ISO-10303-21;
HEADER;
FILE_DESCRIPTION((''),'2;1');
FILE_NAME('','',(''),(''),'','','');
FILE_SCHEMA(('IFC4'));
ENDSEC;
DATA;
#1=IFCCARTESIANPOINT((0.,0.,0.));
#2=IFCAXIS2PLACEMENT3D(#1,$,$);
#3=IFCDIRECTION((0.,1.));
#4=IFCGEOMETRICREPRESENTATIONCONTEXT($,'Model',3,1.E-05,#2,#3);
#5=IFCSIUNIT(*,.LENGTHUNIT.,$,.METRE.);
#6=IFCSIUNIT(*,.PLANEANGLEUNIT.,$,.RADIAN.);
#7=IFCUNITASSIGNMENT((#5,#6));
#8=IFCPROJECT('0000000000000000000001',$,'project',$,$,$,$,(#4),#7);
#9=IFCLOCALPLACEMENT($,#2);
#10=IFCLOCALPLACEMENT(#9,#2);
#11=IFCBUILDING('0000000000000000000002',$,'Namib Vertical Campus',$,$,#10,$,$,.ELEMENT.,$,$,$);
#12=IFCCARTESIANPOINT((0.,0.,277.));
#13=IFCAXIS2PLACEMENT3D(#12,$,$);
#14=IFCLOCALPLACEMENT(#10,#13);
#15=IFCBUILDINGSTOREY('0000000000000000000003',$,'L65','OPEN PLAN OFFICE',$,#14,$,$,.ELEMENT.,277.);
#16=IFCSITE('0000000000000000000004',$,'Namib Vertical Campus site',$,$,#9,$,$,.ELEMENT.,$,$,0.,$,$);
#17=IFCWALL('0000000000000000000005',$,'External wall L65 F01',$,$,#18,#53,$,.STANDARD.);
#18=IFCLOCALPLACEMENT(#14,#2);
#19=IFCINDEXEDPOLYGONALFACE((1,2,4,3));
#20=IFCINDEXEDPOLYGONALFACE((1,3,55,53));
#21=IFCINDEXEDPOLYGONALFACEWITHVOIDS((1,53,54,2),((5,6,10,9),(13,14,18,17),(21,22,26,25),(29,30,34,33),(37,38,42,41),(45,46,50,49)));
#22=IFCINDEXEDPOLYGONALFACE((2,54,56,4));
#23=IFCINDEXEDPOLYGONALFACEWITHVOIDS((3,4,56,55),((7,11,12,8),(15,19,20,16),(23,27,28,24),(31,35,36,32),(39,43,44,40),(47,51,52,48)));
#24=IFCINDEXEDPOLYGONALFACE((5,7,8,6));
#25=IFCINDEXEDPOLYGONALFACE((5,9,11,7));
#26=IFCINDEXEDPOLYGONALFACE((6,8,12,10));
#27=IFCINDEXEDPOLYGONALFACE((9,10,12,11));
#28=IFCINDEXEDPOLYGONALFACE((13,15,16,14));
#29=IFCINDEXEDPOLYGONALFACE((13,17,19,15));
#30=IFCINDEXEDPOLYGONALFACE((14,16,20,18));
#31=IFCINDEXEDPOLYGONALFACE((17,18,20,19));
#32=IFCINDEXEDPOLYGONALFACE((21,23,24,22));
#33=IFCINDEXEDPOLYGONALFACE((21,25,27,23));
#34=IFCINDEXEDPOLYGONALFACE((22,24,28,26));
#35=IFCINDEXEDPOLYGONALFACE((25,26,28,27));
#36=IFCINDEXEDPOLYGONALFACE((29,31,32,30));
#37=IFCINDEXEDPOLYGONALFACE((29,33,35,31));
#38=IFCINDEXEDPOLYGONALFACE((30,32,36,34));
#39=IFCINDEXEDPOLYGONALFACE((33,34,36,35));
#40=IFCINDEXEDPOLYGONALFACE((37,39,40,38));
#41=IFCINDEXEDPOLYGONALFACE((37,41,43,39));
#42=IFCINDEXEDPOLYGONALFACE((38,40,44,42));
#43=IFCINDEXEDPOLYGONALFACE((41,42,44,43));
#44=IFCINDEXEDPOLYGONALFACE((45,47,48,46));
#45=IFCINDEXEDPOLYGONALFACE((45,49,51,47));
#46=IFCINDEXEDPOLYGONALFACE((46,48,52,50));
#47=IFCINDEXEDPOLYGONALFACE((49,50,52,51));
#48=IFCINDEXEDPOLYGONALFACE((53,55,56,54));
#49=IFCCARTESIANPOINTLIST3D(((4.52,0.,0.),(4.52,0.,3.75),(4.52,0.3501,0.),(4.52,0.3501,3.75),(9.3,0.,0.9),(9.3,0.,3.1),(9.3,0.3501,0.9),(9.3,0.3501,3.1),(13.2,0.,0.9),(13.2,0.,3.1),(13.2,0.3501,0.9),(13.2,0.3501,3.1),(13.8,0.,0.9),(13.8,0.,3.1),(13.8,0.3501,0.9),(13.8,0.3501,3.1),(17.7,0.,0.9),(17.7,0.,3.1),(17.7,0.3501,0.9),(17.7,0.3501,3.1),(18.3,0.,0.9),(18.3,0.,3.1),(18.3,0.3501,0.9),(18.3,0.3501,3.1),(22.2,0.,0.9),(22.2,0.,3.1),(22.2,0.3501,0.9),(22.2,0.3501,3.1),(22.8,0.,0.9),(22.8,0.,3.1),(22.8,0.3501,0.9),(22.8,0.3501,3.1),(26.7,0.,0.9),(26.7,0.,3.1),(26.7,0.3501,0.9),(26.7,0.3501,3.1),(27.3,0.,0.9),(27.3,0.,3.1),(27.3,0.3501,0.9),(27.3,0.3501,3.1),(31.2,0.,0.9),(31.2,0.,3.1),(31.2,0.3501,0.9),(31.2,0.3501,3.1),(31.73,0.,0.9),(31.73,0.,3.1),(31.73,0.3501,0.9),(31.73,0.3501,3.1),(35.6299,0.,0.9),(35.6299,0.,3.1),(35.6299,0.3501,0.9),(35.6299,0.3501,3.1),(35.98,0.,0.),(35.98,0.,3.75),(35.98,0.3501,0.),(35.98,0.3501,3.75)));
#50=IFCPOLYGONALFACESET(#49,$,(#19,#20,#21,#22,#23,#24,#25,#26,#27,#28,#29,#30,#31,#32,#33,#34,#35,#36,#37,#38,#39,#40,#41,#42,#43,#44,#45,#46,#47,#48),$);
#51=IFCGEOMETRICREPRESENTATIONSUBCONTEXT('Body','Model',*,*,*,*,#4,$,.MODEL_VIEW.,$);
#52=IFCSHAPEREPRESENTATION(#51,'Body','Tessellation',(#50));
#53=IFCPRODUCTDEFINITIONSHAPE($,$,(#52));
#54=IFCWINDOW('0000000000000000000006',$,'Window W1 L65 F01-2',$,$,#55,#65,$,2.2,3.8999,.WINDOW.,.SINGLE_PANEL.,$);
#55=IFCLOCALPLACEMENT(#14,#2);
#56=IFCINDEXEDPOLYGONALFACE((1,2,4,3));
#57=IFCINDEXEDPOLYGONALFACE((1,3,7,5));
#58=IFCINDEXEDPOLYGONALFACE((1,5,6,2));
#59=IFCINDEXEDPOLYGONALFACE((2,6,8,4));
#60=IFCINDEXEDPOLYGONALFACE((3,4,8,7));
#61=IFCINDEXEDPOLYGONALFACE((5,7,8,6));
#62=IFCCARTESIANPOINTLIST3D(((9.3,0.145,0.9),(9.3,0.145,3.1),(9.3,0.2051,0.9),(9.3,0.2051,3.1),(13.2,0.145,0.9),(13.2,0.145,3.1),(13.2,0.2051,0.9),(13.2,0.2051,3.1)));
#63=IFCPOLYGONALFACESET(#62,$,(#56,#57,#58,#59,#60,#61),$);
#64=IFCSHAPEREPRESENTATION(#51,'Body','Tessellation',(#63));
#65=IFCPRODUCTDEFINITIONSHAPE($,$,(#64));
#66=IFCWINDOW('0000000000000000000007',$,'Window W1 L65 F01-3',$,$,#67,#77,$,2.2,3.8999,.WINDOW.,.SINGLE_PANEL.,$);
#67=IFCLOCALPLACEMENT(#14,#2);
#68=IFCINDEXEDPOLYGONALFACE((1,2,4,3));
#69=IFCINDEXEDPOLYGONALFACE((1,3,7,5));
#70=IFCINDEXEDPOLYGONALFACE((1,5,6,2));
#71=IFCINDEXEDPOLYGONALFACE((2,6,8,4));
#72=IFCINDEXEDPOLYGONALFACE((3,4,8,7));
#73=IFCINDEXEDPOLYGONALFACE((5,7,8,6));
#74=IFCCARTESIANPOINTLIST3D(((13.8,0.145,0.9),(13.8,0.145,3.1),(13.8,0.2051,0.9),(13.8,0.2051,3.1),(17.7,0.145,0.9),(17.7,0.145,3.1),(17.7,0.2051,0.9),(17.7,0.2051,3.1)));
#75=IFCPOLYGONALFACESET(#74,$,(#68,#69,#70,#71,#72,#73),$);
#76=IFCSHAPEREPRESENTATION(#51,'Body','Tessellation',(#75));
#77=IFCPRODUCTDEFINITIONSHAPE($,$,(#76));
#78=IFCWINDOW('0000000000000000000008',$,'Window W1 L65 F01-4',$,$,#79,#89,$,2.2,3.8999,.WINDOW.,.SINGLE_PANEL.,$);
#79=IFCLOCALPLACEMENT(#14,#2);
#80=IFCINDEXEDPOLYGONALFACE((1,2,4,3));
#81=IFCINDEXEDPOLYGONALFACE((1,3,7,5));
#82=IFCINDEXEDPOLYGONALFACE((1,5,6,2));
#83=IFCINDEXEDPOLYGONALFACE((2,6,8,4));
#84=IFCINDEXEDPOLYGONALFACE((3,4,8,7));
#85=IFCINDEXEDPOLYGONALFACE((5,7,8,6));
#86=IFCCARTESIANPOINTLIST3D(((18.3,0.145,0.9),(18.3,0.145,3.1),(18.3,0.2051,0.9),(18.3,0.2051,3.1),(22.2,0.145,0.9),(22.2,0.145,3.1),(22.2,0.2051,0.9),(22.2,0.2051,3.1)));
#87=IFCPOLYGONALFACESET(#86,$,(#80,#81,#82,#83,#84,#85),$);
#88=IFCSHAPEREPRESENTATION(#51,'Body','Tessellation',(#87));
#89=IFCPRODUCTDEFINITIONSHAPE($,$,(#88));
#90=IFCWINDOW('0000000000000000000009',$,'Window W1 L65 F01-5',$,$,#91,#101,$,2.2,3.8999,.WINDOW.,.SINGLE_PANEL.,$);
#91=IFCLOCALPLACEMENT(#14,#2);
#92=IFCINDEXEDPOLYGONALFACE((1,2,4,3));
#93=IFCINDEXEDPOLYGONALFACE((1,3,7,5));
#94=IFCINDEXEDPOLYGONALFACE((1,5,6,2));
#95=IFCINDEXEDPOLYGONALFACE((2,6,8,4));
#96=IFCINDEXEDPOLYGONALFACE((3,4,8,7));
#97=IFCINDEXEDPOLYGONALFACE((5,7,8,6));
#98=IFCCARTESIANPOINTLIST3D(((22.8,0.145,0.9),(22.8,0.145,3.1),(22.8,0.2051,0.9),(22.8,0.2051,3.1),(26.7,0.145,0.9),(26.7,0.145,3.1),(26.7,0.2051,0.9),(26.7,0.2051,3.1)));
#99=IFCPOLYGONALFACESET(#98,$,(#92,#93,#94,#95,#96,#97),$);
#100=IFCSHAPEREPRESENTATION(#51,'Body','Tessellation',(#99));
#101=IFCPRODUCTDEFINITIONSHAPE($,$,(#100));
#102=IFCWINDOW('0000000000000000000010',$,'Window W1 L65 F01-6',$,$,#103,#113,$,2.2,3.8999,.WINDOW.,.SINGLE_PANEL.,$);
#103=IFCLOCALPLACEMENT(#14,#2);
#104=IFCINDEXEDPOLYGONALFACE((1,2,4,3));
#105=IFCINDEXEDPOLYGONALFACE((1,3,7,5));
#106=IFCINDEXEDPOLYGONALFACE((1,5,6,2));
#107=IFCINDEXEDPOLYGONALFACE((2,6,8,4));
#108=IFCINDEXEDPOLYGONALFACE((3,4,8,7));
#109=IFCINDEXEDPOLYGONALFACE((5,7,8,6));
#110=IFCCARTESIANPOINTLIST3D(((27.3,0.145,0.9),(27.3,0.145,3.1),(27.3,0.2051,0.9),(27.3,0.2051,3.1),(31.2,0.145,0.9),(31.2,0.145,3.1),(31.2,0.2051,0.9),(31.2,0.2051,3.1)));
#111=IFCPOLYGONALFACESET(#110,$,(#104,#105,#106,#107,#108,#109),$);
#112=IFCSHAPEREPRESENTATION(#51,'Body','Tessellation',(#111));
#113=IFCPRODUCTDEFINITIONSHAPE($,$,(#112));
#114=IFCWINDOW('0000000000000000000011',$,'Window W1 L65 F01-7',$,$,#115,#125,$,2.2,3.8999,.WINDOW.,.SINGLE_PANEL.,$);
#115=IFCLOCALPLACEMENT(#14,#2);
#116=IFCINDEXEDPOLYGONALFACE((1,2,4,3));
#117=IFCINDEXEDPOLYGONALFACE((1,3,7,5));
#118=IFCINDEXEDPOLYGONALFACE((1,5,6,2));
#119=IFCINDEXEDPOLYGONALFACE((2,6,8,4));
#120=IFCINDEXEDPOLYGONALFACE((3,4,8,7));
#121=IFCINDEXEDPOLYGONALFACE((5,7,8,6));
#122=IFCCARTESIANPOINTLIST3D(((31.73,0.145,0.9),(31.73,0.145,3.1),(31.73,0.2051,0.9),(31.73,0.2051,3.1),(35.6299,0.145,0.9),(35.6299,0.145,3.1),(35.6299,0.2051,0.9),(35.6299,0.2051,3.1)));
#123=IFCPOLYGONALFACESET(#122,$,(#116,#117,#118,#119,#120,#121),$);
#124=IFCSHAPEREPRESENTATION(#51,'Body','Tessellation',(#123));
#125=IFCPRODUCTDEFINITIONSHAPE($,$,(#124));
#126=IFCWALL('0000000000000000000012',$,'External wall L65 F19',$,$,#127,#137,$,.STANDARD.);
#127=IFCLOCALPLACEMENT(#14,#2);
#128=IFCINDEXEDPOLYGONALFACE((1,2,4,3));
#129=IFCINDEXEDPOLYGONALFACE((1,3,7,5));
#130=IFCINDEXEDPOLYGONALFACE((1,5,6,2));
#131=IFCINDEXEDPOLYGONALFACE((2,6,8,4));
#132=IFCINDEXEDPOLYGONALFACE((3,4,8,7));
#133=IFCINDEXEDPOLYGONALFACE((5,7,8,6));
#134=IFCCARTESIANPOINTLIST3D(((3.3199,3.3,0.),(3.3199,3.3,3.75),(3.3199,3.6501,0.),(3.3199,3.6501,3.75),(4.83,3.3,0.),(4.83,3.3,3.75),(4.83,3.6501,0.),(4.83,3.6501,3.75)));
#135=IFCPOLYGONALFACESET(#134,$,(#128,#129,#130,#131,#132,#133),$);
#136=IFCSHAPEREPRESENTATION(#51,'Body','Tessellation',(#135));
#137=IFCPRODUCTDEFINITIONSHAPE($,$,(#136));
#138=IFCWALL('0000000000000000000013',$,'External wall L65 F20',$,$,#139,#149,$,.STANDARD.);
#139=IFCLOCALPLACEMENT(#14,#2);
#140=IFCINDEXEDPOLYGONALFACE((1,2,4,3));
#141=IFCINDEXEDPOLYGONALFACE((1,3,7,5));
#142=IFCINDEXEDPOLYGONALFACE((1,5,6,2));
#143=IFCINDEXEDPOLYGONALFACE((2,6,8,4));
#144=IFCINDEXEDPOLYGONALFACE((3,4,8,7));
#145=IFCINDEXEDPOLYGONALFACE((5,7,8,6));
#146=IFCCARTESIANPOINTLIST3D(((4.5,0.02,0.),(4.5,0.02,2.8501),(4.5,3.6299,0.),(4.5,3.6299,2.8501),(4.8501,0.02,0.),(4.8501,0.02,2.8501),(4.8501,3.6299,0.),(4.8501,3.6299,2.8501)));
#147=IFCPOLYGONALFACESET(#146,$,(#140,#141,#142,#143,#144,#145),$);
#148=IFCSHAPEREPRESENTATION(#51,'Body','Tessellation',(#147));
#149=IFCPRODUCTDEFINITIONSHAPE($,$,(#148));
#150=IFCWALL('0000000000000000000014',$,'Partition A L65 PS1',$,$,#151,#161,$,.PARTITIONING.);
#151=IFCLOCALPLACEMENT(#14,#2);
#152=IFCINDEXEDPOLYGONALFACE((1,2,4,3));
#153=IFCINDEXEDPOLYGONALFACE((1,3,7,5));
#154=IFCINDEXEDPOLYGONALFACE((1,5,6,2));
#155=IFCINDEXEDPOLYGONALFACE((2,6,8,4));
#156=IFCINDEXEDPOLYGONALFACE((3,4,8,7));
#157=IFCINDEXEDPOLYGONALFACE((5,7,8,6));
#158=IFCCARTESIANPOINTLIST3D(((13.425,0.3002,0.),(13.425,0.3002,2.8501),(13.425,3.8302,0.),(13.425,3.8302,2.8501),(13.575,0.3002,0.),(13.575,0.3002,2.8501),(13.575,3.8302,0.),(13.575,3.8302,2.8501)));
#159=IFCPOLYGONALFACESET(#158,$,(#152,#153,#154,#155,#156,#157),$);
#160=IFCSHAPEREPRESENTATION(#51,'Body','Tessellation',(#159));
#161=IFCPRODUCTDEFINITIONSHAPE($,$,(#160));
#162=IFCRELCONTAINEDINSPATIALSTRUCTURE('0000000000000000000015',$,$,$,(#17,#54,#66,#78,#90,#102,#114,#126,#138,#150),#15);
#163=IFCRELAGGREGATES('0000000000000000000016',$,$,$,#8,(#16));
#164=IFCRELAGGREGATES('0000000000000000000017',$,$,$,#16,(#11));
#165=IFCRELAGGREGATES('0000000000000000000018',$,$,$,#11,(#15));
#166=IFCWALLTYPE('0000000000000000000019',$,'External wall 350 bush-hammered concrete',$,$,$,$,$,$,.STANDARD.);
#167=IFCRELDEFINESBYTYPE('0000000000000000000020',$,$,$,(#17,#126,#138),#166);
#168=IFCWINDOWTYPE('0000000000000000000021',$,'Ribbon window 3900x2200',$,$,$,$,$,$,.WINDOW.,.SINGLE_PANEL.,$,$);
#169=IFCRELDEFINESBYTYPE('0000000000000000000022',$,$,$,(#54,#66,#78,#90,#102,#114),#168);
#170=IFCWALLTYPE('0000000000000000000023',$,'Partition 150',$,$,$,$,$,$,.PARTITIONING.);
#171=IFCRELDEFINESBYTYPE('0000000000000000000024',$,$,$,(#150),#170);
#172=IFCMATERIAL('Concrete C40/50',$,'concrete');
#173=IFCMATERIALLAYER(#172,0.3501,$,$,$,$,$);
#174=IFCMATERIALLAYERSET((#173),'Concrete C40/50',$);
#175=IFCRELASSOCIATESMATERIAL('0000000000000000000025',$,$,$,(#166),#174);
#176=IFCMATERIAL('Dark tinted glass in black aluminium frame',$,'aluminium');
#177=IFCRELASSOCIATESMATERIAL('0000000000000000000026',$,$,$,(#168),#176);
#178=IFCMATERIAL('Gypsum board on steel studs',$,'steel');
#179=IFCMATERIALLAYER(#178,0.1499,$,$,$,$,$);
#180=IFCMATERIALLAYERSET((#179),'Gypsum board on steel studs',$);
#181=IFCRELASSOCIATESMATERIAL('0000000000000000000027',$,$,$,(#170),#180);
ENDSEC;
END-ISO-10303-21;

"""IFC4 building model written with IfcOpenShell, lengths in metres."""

from ifc_helpers import new_model, si_unit, direction, frame, frame_2d, origin, place, context, subcontext, project, spatial, rectangle, extrude, material, layer, layer_set, type_object, element, fill, save


model = new_model("IFC4")

# Units and contexts
model_context = context("Model", 3, precision=1e-05, world=origin(), true_north=direction((0.0, 1.0)))
body_context = subcontext(model_context, "Body", "Model", "MODEL_VIEW")
ifc_project = project(units=[si_unit("LENGTHUNIT", "METRE"), si_unit("PLANEANGLEUNIT", "RADIAN")], contexts=[model_context])

# Site, building, storey
site_placement = place(None, origin())
site = spatial("IfcSite", under=ifc_project, at=site_placement, Name="Namib Vertical Campus site", CompositionType="ELEMENT", RefElevation=0.0)
building_placement = place(site_placement, origin())
building = spatial("IfcBuilding", under=site, at=building_placement, Name="Namib Vertical Campus", CompositionType="ELEMENT")
storey_placement = place(building_placement, frame((0.0, 0.0, 277.0)))
storey = spatial("IfcBuildingStorey", under=building, at=storey_placement, Name="L65", Description="OPEN PLAN OFFICE", CompositionType="ELEMENT", Elevation=277.0)

# Wall, openings, windows
ifc_material_1 = material(Name="Concrete C40/50", Category="concrete")
ifc_layer_1 = layer(ifc_material_1, 0.3501)
ifc_layer_set_1 = layer_set([ifc_layer_1], Name="Concrete C40/50")
wall_type_1 = type_object("IfcWallType", Name="External wall 350 bush-hammered concrete", PredefinedType="STANDARD", material=ifc_layer_set_1)
wall_1_placement = place(storey_placement, frame((4.52, 0.175, 0.0), z_axis=(0.0, 0.0, 1.0), x_axis=(1.0, 0.0, 0.0)))
wall_1 = element("IfcWall", 1, at=wall_1_placement, inside=storey, type_object=wall_type_1, Name="External wall L65 F01", PredefinedType="STANDARD", context=body_context, shape_type="SweptSolid", body=[
    extrude(rectangle(XDim=31.46, YDim=0.3501, at=frame_2d((15.73, 0.0))), origin(), (0.0, 0.0, 1.0), 3.75),
])
opening_1_placement = place(wall_1_placement, frame((4.78, 0.0, 0.8999)))
opening_1 = element("IfcOpeningElement", 2, at=opening_1_placement, cuts=wall_1, PredefinedType="OPENING", context=body_context, shape_type="SweptSolid", body=[
    extrude(rectangle(XDim=3.8999, YDim=2.2, at=frame_2d((1.95, 1.1001))), frame((0.0, 0.1851, 0.0), z_axis=(0.0, -1.0, 0.0), x_axis=(1.0, 0.0, 0.0)), (0.0, 0.0, 1.0), 0.3701),
])
opening_2_placement = place(wall_1_placement, frame((9.28, 0.0, 0.8999)))
opening_2 = element("IfcOpeningElement", 3, at=opening_2_placement, cuts=wall_1, PredefinedType="OPENING", context=body_context, shape_type="SweptSolid", body=[
    extrude(rectangle(XDim=3.8999, YDim=2.2, at=frame_2d((1.95, 1.1001))), frame((0.0, 0.1851, 0.0), z_axis=(0.0, -1.0, 0.0), x_axis=(1.0, 0.0, 0.0)), (0.0, 0.0, 1.0), 0.3701),
])
opening_3_placement = place(wall_1_placement, frame((13.78, 0.0, 0.8999)))
opening_3 = element("IfcOpeningElement", 4, at=opening_3_placement, cuts=wall_1, PredefinedType="OPENING", context=body_context, shape_type="SweptSolid", body=[
    extrude(rectangle(XDim=3.8999, YDim=2.2, at=frame_2d((1.95, 1.1001))), frame((0.0, 0.1851, 0.0), z_axis=(0.0, -1.0, 0.0), x_axis=(1.0, 0.0, 0.0)), (0.0, 0.0, 1.0), 0.3701),
])
opening_4_placement = place(wall_1_placement, frame((18.28, 0.0, 0.8999)))
opening_4 = element("IfcOpeningElement", 5, at=opening_4_placement, cuts=wall_1, PredefinedType="OPENING", context=body_context, shape_type="SweptSolid", body=[
    extrude(rectangle(XDim=3.8999, YDim=2.2, at=frame_2d((1.95, 1.1001))), frame((0.0, 0.1851, 0.0), z_axis=(0.0, -1.0, 0.0), x_axis=(1.0, 0.0, 0.0)), (0.0, 0.0, 1.0), 0.3701),
])
opening_5_placement = place(wall_1_placement, frame((22.78, 0.0, 0.8999)))
opening_5 = element("IfcOpeningElement", 6, at=opening_5_placement, cuts=wall_1, PredefinedType="OPENING", context=body_context, shape_type="SweptSolid", body=[
    extrude(rectangle(XDim=3.8999, YDim=2.2, at=frame_2d((1.95, 1.1001))), frame((0.0, 0.1851, 0.0), z_axis=(0.0, -1.0, 0.0), x_axis=(1.0, 0.0, 0.0)), (0.0, 0.0, 1.0), 0.3701),
])
opening_6_placement = place(wall_1_placement, frame((27.21, 0.0, 0.8999)))
opening_6 = element("IfcOpeningElement", 7, at=opening_6_placement, cuts=wall_1, PredefinedType="OPENING", context=body_context, shape_type="SweptSolid", body=[
    extrude(rectangle(XDim=3.8999, YDim=2.2, at=frame_2d((1.95, 1.1001))), frame((0.0, 0.1851, 0.0), z_axis=(0.0, -1.0, 0.0), x_axis=(1.0, 0.0, 0.0)), (0.0, 0.0, 1.0), 0.3701),
])
ifc_material_2 = material(Name="Dark tinted glass in black aluminium frame", Category="aluminium")
window_type = type_object("IfcWindowType", Name="Ribbon window 3900x2200", PartitioningType="SINGLE_PANEL", PredefinedType="WINDOW", material=ifc_material_2)
window_1_placement = place(opening_1_placement, origin())
window_1 = element("IfcWindow", 8, at=window_1_placement, inside=storey, type_object=window_type, Name="Window W1 L65 F01-2", OverallHeight=2.2, OverallWidth=3.8999, PartitioningType="SINGLE_PANEL", PredefinedType="WINDOW", context=body_context, shape_type="SweptSolid", body=[
    extrude(rectangle(XDim=3.8999, YDim=2.2, at=frame_2d((1.95, 1.1001))), frame((0.0, 0.03, 0.0), z_axis=(0.0, -1.0, 0.0), x_axis=(1.0, 0.0, 0.0)), (0.0, 0.0, 1.0), 0.0601),
])
fill(opening_1, window_1)
window_2_placement = place(opening_2_placement, origin())
window_2 = element("IfcWindow", 9, at=window_2_placement, inside=storey, type_object=window_type, Name="Window W1 L65 F01-3", OverallHeight=2.2, OverallWidth=3.8999, PartitioningType="SINGLE_PANEL", PredefinedType="WINDOW", context=body_context, shape_type="SweptSolid", body=[
    extrude(rectangle(XDim=3.8999, YDim=2.2, at=frame_2d((1.95, 1.1001))), frame((0.0, 0.03, 0.0), z_axis=(0.0, -1.0, 0.0), x_axis=(1.0, 0.0, 0.0)), (0.0, 0.0, 1.0), 0.0601),
])
fill(opening_2, window_2)
window_3_placement = place(opening_3_placement, origin())
window_3 = element("IfcWindow", 10, at=window_3_placement, inside=storey, type_object=window_type, Name="Window W1 L65 F01-4", OverallHeight=2.2, OverallWidth=3.8999, PartitioningType="SINGLE_PANEL", PredefinedType="WINDOW", context=body_context, shape_type="SweptSolid", body=[
    extrude(rectangle(XDim=3.8999, YDim=2.2, at=frame_2d((1.95, 1.1001))), frame((0.0, 0.03, 0.0), z_axis=(0.0, -1.0, 0.0), x_axis=(1.0, 0.0, 0.0)), (0.0, 0.0, 1.0), 0.0601),
])
fill(opening_3, window_3)
window_4_placement = place(opening_4_placement, origin())
window_4 = element("IfcWindow", 11, at=window_4_placement, inside=storey, type_object=window_type, Name="Window W1 L65 F01-5", OverallHeight=2.2, OverallWidth=3.8999, PartitioningType="SINGLE_PANEL", PredefinedType="WINDOW", context=body_context, shape_type="SweptSolid", body=[
    extrude(rectangle(XDim=3.8999, YDim=2.2, at=frame_2d((1.95, 1.1001))), frame((0.0, 0.03, 0.0), z_axis=(0.0, -1.0, 0.0), x_axis=(1.0, 0.0, 0.0)), (0.0, 0.0, 1.0), 0.0601),
])
fill(opening_4, window_4)
window_5_placement = place(opening_5_placement, origin())
window_5 = element("IfcWindow", 12, at=window_5_placement, inside=storey, type_object=window_type, Name="Window W1 L65 F01-6", OverallHeight=2.2, OverallWidth=3.8999, PartitioningType="SINGLE_PANEL", PredefinedType="WINDOW", context=body_context, shape_type="SweptSolid", body=[
    extrude(rectangle(XDim=3.8999, YDim=2.2, at=frame_2d((1.95, 1.1001))), frame((0.0, 0.03, 0.0), z_axis=(0.0, -1.0, 0.0), x_axis=(1.0, 0.0, 0.0)), (0.0, 0.0, 1.0), 0.0601),
])
fill(opening_5, window_5)
window_6_placement = place(opening_6_placement, origin())
window_6 = element("IfcWindow", 13, at=window_6_placement, inside=storey, type_object=window_type, Name="Window W1 L65 F01-7", OverallHeight=2.2, OverallWidth=3.8999, PartitioningType="SINGLE_PANEL", PredefinedType="WINDOW", context=body_context, shape_type="SweptSolid", body=[
    extrude(rectangle(XDim=3.8999, YDim=2.2, at=frame_2d((1.95, 1.1001))), frame((0.0, 0.03, 0.0), z_axis=(0.0, -1.0, 0.0), x_axis=(1.0, 0.0, 0.0)), (0.0, 0.0, 1.0), 0.0601),
])
fill(opening_6, window_6)

# Walls
wall_2_placement = place(storey_placement, frame((3.3201, 3.4751, 0.0), z_axis=(0.0, 0.0, 1.0), x_axis=(1.0, 0.0, 0.0)))
element("IfcWall", 14, at=wall_2_placement, inside=storey, type_object=wall_type_1, Name="External wall L65 F19", PredefinedType="STANDARD", context=body_context, shape_type="SweptSolid", body=[
    extrude(rectangle(XDim=1.51, YDim=0.3501, at=frame_2d((0.7549, 0.0))), origin(), (0.0, 0.0, 1.0), 3.75),
])
wall_3_placement = place(storey_placement, frame((4.675, 3.6299, 0.0), z_axis=(0.0, 0.0, 1.0), x_axis=(0.0, -1.0, 0.0)))
element("IfcWall", 15, at=wall_3_placement, inside=storey, type_object=wall_type_1, Name="External wall L65 F20", PredefinedType="STANDARD", context=body_context, shape_type="SweptSolid", body=[
    extrude(rectangle(XDim=3.6099, YDim=0.3501, at=frame_2d((1.8049, 0.0))), origin(), (0.0, 0.0, 1.0), 2.8501),
])
ifc_material_3 = material(Name="Gypsum board on steel studs", Category="steel")
ifc_layer_2 = layer(ifc_material_3, 0.1499)
ifc_layer_set_2 = layer_set([ifc_layer_2], Name="Gypsum board on steel studs")
wall_type_2 = type_object("IfcWallType", Name="Partition 150", PredefinedType="PARTITIONING", material=ifc_layer_set_2)
wall_4_placement = place(storey_placement, frame((13.5, 0.3, 0.0), z_axis=(0.0, 0.0, 1.0), x_axis=(0.0, 1.0, 0.0)))
element("IfcWall", 16, at=wall_4_placement, inside=storey, type_object=wall_type_2, Name="Partition A L65 PS1", PredefinedType="PARTITIONING", context=body_context, shape_type="SweptSolid", body=[
    extrude(rectangle(XDim=3.53, YDim=0.1499, at=frame_2d((1.7651, 0.0))), origin(), (0.0, 0.0, 1.0), 2.8501),
])

save(model, "model.ifc")
